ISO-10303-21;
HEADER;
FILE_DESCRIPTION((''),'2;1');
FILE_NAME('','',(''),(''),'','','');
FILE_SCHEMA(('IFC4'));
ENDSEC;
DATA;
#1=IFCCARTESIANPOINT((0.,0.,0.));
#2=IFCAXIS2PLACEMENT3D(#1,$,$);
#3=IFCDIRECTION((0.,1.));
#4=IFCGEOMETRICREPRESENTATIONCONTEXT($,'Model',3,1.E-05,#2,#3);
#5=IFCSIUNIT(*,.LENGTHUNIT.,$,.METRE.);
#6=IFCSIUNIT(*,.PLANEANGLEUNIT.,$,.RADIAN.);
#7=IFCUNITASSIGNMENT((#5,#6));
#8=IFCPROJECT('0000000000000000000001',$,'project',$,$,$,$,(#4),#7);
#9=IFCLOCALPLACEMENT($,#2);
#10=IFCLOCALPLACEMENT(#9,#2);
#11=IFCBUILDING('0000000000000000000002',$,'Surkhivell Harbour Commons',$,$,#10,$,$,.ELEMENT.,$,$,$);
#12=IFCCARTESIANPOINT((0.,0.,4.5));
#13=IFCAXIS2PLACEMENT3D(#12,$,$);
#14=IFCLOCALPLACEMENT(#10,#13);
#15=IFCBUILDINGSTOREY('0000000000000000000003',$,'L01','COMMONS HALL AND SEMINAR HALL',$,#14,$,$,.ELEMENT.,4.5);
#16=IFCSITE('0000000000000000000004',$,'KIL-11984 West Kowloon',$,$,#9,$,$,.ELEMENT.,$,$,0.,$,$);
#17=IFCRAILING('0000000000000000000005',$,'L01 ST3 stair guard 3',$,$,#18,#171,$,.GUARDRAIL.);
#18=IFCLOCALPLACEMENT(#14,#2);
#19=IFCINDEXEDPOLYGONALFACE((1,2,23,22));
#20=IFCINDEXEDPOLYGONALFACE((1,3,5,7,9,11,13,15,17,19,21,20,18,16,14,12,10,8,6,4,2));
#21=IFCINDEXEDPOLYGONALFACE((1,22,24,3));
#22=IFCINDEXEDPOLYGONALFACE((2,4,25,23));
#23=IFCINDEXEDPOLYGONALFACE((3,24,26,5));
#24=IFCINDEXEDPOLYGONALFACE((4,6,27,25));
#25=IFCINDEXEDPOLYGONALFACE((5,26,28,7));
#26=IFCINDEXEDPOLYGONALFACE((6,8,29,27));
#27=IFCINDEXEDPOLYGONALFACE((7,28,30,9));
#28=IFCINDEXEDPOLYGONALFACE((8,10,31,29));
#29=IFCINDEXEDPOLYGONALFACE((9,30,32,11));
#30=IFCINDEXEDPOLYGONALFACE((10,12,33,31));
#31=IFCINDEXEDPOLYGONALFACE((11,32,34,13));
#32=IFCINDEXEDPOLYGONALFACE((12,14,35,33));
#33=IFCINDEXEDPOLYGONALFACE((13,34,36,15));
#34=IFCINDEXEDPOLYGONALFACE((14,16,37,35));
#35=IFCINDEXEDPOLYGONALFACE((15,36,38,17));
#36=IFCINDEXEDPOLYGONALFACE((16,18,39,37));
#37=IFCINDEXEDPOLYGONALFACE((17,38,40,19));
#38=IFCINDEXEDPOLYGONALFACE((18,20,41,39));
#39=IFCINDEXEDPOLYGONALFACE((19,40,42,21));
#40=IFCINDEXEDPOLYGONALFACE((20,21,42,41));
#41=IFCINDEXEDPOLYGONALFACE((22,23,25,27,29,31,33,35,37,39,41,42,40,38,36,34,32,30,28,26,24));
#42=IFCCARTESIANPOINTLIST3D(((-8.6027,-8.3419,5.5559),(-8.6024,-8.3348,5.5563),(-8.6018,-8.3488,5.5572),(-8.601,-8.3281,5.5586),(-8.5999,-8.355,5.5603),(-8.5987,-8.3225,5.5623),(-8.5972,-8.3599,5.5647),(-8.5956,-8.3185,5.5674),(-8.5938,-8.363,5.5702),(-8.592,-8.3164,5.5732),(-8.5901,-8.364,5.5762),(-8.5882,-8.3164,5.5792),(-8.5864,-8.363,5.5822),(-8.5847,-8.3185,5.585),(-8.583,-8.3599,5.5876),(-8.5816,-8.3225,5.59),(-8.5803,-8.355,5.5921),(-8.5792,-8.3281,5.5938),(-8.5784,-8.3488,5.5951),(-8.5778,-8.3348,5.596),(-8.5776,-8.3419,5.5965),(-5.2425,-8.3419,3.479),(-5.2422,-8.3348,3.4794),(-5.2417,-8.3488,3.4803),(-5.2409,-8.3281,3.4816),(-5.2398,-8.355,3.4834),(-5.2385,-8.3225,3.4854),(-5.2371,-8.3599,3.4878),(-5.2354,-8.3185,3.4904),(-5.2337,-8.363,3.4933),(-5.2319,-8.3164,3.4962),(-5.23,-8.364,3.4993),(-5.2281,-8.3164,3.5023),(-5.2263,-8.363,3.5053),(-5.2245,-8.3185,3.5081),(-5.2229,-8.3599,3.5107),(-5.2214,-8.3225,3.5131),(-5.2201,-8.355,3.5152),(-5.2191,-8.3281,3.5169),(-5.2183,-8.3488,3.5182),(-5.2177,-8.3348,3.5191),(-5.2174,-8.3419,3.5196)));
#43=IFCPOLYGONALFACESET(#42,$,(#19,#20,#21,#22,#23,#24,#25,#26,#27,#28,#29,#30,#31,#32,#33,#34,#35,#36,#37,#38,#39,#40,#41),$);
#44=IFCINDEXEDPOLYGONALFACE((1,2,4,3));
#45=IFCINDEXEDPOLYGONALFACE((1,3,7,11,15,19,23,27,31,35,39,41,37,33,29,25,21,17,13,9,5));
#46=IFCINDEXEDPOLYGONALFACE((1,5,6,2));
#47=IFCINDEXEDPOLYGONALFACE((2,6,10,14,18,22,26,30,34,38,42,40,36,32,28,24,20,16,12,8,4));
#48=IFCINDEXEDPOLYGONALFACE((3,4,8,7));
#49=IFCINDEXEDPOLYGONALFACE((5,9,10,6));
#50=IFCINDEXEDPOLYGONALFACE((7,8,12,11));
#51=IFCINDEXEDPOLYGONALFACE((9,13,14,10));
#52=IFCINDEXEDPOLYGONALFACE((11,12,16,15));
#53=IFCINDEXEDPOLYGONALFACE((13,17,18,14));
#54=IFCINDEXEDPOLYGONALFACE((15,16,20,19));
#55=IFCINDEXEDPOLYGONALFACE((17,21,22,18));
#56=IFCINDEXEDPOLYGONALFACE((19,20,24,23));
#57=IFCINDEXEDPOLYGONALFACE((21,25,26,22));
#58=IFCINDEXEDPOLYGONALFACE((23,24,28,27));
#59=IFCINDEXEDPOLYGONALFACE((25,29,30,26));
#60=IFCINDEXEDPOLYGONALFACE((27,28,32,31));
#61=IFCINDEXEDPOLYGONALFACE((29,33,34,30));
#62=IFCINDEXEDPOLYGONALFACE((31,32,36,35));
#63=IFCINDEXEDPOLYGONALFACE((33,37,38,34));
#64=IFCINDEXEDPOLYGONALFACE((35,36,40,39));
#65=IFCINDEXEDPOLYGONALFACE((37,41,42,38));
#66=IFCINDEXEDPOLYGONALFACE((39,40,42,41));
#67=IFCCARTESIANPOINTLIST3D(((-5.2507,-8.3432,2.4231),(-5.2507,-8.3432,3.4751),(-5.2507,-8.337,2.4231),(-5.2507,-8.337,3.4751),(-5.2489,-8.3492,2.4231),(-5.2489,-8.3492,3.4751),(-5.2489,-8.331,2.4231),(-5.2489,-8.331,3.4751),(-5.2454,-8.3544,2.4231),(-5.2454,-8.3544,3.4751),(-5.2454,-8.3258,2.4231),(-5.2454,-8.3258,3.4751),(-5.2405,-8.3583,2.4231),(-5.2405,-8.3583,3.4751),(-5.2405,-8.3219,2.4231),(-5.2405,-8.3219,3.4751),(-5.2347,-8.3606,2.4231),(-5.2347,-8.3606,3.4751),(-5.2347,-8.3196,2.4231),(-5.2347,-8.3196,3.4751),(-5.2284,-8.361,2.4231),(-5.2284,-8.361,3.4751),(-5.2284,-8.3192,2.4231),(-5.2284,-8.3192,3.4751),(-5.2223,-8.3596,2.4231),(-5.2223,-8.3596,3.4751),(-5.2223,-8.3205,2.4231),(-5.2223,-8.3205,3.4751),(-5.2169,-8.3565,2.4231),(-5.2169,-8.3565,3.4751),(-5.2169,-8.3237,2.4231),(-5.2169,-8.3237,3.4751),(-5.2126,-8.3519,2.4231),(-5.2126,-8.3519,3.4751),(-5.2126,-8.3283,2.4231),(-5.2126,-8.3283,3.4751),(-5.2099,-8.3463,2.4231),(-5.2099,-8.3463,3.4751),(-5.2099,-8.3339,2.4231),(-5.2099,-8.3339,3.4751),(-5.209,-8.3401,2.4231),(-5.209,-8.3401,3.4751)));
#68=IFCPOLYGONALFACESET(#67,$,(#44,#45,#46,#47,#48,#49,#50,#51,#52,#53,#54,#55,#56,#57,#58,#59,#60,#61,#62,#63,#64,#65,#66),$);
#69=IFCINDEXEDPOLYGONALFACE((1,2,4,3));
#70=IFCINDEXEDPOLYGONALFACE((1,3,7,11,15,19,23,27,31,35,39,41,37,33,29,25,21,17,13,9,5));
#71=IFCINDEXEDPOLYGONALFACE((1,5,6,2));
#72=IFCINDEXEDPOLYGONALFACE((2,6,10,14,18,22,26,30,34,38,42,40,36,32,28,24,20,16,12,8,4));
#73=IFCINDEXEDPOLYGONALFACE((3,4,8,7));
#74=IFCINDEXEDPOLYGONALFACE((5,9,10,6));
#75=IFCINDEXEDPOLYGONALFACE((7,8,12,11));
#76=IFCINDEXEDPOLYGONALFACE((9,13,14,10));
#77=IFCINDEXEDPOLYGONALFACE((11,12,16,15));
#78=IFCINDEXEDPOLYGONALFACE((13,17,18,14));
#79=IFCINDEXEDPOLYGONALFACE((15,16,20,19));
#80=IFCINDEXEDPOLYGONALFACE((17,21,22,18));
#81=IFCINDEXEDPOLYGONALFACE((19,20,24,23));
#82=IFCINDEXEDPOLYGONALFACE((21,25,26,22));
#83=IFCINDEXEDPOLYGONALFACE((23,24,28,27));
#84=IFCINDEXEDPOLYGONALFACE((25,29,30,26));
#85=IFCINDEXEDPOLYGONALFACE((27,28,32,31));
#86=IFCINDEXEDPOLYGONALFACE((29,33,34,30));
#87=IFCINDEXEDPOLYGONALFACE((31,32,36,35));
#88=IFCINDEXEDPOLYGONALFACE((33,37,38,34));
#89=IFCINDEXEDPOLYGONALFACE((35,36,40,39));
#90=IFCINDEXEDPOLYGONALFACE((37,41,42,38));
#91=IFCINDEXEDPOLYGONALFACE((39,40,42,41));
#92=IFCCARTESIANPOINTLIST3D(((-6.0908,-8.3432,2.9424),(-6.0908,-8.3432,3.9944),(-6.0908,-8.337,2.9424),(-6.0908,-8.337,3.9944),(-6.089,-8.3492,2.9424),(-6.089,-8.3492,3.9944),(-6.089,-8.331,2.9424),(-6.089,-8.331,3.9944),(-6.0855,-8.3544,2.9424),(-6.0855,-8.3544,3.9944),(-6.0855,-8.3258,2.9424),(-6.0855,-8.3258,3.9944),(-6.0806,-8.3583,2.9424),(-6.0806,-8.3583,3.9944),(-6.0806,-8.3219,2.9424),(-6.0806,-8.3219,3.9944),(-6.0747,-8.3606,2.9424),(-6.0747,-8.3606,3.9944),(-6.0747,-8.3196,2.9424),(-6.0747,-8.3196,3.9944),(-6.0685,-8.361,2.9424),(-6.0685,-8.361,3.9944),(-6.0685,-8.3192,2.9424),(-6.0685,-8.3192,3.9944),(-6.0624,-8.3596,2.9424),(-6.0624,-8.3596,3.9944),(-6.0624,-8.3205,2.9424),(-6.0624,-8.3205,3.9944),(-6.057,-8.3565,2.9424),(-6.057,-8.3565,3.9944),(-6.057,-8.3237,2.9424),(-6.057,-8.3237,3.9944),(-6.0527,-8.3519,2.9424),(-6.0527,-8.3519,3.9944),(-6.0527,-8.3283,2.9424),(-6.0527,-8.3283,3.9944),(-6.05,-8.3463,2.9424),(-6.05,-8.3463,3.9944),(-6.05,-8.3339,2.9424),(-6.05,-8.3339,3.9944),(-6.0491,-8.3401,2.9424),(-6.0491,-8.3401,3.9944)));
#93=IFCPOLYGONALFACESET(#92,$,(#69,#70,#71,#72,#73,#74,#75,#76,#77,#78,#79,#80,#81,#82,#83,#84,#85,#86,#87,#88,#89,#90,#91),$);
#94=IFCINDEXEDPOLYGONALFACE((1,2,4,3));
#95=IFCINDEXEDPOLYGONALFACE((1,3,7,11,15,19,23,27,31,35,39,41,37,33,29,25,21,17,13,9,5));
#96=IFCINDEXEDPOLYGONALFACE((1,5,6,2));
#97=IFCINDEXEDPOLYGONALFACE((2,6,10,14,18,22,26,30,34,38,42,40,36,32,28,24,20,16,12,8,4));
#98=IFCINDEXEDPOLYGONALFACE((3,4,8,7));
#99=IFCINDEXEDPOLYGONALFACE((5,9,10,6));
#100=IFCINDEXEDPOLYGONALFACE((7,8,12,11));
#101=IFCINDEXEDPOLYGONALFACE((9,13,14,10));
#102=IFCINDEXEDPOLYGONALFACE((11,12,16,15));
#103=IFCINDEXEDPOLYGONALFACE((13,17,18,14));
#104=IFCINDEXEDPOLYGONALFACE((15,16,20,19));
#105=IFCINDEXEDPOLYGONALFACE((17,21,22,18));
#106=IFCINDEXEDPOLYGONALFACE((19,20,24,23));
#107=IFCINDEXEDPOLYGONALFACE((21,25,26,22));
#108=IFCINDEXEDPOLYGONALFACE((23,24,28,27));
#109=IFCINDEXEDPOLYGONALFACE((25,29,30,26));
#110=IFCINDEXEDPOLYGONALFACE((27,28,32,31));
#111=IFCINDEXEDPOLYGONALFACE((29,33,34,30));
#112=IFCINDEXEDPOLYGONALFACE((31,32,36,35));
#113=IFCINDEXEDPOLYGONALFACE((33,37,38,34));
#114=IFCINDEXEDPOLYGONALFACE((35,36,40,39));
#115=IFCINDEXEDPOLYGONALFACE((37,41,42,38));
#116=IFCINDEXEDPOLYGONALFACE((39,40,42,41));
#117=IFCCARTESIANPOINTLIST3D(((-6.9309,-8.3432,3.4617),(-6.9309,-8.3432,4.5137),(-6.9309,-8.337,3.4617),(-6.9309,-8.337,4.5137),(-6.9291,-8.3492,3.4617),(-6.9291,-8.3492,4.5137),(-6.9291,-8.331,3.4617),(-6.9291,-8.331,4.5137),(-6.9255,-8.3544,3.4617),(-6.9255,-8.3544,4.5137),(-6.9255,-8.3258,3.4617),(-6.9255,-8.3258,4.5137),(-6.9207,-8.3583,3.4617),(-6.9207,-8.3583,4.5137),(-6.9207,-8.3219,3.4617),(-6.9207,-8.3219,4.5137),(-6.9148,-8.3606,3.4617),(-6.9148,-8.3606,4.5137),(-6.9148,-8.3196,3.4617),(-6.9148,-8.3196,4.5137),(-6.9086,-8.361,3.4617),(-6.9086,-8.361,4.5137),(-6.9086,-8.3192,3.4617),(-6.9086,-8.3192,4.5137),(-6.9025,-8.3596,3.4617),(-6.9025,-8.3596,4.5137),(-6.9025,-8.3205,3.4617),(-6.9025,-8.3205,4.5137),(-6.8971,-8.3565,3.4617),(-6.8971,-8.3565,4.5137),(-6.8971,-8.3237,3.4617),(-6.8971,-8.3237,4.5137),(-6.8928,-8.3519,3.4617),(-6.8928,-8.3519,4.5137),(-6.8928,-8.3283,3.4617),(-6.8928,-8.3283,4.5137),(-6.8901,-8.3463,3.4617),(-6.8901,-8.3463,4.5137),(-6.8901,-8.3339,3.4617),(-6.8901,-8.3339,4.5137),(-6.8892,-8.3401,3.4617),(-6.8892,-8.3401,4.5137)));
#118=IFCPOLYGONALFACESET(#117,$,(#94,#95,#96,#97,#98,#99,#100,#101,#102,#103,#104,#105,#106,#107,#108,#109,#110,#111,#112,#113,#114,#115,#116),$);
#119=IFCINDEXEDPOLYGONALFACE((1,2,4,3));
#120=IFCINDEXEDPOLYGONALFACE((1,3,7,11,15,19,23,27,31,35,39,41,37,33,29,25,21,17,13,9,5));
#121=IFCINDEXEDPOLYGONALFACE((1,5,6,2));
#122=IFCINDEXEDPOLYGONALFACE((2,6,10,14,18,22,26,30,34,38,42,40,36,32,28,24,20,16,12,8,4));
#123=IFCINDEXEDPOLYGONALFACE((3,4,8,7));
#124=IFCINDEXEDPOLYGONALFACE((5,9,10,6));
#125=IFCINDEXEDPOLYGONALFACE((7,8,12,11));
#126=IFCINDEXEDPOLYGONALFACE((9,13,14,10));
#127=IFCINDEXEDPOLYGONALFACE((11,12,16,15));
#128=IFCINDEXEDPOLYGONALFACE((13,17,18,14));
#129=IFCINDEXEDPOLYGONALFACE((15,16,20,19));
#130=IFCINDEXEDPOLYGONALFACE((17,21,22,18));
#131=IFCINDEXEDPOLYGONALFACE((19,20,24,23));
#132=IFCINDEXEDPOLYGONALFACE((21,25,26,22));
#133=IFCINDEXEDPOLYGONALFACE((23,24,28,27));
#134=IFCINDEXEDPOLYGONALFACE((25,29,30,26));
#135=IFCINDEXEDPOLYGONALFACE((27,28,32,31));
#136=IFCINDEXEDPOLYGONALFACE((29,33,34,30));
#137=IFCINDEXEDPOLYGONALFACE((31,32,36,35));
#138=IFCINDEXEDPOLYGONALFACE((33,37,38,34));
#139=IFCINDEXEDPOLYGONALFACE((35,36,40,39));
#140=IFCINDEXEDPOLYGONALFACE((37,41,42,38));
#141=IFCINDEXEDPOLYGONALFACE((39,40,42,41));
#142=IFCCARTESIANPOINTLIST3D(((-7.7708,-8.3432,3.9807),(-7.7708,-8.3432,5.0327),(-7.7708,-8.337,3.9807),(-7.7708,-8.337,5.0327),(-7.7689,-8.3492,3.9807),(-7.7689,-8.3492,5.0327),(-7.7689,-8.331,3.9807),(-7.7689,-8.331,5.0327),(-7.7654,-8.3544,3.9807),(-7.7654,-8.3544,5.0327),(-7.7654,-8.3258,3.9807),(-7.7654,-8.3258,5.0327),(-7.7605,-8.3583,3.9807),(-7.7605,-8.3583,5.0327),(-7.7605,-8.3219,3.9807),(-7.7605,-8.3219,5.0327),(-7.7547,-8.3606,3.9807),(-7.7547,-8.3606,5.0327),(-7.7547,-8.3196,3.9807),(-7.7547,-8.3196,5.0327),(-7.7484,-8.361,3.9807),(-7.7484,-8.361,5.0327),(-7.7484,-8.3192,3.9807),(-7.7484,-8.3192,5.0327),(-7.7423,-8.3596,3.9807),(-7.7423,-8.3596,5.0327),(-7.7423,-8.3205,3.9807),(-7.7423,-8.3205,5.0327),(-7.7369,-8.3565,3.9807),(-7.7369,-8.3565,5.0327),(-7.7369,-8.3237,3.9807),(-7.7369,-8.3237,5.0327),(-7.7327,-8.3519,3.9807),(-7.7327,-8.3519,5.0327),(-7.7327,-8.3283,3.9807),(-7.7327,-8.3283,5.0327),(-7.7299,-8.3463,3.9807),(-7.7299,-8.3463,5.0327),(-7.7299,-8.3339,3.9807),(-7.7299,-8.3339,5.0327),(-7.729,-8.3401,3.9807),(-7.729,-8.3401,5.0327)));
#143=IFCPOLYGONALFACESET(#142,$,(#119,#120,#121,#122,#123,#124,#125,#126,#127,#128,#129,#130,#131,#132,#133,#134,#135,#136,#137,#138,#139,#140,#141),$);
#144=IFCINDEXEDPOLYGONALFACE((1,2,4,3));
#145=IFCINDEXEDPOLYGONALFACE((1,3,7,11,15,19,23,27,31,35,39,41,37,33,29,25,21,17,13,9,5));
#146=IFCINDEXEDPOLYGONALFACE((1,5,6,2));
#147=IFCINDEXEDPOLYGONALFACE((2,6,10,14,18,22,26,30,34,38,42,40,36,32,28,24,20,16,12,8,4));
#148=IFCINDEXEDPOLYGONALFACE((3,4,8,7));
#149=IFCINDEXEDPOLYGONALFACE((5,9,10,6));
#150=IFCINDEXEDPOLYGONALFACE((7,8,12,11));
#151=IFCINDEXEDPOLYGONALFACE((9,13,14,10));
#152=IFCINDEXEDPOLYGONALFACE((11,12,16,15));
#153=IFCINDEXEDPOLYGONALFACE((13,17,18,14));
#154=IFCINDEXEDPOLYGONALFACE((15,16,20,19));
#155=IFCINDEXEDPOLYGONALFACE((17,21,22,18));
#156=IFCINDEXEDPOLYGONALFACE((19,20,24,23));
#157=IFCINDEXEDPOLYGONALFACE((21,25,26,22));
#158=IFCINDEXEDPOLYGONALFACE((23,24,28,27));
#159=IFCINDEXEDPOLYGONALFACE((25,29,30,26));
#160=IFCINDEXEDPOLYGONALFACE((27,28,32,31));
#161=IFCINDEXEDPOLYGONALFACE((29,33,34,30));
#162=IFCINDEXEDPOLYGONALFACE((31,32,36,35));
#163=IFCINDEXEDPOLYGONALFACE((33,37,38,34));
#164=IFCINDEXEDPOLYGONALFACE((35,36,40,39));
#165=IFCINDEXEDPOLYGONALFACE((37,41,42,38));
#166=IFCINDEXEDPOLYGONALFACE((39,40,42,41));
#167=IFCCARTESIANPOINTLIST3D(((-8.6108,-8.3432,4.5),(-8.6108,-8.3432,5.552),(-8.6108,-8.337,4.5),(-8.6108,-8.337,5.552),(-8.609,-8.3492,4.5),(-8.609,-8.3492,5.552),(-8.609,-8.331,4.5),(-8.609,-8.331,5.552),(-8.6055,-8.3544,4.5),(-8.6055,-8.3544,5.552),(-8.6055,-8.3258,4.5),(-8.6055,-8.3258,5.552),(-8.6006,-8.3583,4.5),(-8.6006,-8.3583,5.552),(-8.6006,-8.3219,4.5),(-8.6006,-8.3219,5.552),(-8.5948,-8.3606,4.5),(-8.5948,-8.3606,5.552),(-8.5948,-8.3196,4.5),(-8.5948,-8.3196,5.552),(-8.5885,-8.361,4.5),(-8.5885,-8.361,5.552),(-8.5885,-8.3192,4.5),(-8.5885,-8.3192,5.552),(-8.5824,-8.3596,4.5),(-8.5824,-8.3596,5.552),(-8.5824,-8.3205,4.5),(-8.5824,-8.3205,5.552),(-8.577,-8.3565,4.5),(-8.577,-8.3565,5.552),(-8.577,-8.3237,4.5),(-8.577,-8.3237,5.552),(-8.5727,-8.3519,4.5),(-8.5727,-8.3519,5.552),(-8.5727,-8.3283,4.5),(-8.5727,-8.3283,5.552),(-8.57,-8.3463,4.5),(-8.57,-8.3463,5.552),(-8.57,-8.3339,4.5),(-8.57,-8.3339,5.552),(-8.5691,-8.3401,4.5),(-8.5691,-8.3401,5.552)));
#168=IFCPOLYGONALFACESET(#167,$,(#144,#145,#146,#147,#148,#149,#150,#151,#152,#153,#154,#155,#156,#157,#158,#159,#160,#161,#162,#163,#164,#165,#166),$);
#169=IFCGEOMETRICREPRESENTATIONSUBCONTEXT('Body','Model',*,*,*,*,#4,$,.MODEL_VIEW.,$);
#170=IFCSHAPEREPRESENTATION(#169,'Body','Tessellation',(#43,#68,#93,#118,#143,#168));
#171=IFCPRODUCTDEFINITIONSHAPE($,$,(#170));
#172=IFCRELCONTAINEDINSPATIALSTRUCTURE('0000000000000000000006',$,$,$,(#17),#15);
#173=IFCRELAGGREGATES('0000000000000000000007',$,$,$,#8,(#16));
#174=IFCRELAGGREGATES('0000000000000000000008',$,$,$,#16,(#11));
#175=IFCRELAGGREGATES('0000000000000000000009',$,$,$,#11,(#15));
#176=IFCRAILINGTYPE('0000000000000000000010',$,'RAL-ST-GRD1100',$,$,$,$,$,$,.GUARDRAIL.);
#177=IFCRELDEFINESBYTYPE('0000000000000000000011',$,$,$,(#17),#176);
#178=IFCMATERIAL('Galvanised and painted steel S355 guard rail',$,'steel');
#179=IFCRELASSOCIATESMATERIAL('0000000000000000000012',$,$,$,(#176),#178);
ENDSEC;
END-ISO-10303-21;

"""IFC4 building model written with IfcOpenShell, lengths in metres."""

from ifc_helpers import new_model, si_unit, direction, frame, origin, origin_2d, place, context, subcontext, project, spatial, circle, extrude, material, type_object, element, save


model = new_model("IFC4")

# Units and contexts
model_context = context("Model", 3, precision=1e-05, world=origin(), true_north=direction((0.0, 1.0)))
body_context = subcontext(model_context, "Body", "Model", "MODEL_VIEW")
ifc_project = project(units=[si_unit("LENGTHUNIT", "METRE"), si_unit("PLANEANGLEUNIT", "RADIAN")], contexts=[model_context])

# Site, building, storey
site_placement = place(None, origin())
site = spatial("IfcSite", under=ifc_project, at=site_placement, Name="KIL-11984 West Kowloon", CompositionType="ELEMENT", RefElevation=0.0)
building_placement = place(site_placement, origin())
building = spatial("IfcBuilding", under=site, at=building_placement, Name="Surkhivell Harbour Commons", CompositionType="ELEMENT")
storey_placement = place(building_placement, frame((0.0, 0.0, 4.5)))
storey = spatial("IfcBuildingStorey", under=building, at=storey_placement, Name="L01", Description="COMMONS HALL AND SEMINAR HALL", CompositionType="ELEMENT", Elevation=4.5)

# Railing
ifc_material_1 = material(Name="Galvanised and painted steel S355 guard rail", Category="steel")
railing_type_1 = type_object("IfcRailingType", Name="RAL-ST-GRD1100", PredefinedType="GUARDRAIL", material=ifc_material_1)
railing_1_placement = place(storey_placement, frame((-5.23, -8.3401, 2.4231)))
element("IfcRailing", 1, at=railing_1_placement, inside=storey, type_object=railing_type_1, Name="L01 ST3 stair guard 3", PredefinedType="GUARDRAIL", context=body_context, shape_type="SweptSolid", body=[
    extrude(circle(Radius=0.0239, at=origin_2d()), frame((0.0, 0.0, 1.0762), z_axis=(-0.850623, 0.0, 0.525776), x_axis=(0.0, -1.0, 0.0)), (0.0, 0.0, 1.0), 3.9502),
    extrude(circle(Radius=0.021, at=origin_2d()), origin(), (0.0, 0.0, 1.0), 1.052),
    extrude(circle(Radius=0.021, at=origin_2d()), frame((-0.8401, 0.0, 0.5193)), (0.0, 0.0, 1.0), 1.052),
    extrude(circle(Radius=0.021, at=origin_2d()), frame((-1.6802, 0.0, 1.0386)), (0.0, 0.0, 1.0), 1.052),
    extrude(circle(Radius=0.021, at=origin_2d()), frame((-2.52, 0.0, 1.5576)), (0.0, 0.0, 1.0), 1.052),
    extrude(circle(Radius=0.021, at=origin_2d()), frame((-3.3601, 0.0, 2.0769)), (0.0, 0.0, 1.0), 1.052),
])

save(model, "model.ifc")
